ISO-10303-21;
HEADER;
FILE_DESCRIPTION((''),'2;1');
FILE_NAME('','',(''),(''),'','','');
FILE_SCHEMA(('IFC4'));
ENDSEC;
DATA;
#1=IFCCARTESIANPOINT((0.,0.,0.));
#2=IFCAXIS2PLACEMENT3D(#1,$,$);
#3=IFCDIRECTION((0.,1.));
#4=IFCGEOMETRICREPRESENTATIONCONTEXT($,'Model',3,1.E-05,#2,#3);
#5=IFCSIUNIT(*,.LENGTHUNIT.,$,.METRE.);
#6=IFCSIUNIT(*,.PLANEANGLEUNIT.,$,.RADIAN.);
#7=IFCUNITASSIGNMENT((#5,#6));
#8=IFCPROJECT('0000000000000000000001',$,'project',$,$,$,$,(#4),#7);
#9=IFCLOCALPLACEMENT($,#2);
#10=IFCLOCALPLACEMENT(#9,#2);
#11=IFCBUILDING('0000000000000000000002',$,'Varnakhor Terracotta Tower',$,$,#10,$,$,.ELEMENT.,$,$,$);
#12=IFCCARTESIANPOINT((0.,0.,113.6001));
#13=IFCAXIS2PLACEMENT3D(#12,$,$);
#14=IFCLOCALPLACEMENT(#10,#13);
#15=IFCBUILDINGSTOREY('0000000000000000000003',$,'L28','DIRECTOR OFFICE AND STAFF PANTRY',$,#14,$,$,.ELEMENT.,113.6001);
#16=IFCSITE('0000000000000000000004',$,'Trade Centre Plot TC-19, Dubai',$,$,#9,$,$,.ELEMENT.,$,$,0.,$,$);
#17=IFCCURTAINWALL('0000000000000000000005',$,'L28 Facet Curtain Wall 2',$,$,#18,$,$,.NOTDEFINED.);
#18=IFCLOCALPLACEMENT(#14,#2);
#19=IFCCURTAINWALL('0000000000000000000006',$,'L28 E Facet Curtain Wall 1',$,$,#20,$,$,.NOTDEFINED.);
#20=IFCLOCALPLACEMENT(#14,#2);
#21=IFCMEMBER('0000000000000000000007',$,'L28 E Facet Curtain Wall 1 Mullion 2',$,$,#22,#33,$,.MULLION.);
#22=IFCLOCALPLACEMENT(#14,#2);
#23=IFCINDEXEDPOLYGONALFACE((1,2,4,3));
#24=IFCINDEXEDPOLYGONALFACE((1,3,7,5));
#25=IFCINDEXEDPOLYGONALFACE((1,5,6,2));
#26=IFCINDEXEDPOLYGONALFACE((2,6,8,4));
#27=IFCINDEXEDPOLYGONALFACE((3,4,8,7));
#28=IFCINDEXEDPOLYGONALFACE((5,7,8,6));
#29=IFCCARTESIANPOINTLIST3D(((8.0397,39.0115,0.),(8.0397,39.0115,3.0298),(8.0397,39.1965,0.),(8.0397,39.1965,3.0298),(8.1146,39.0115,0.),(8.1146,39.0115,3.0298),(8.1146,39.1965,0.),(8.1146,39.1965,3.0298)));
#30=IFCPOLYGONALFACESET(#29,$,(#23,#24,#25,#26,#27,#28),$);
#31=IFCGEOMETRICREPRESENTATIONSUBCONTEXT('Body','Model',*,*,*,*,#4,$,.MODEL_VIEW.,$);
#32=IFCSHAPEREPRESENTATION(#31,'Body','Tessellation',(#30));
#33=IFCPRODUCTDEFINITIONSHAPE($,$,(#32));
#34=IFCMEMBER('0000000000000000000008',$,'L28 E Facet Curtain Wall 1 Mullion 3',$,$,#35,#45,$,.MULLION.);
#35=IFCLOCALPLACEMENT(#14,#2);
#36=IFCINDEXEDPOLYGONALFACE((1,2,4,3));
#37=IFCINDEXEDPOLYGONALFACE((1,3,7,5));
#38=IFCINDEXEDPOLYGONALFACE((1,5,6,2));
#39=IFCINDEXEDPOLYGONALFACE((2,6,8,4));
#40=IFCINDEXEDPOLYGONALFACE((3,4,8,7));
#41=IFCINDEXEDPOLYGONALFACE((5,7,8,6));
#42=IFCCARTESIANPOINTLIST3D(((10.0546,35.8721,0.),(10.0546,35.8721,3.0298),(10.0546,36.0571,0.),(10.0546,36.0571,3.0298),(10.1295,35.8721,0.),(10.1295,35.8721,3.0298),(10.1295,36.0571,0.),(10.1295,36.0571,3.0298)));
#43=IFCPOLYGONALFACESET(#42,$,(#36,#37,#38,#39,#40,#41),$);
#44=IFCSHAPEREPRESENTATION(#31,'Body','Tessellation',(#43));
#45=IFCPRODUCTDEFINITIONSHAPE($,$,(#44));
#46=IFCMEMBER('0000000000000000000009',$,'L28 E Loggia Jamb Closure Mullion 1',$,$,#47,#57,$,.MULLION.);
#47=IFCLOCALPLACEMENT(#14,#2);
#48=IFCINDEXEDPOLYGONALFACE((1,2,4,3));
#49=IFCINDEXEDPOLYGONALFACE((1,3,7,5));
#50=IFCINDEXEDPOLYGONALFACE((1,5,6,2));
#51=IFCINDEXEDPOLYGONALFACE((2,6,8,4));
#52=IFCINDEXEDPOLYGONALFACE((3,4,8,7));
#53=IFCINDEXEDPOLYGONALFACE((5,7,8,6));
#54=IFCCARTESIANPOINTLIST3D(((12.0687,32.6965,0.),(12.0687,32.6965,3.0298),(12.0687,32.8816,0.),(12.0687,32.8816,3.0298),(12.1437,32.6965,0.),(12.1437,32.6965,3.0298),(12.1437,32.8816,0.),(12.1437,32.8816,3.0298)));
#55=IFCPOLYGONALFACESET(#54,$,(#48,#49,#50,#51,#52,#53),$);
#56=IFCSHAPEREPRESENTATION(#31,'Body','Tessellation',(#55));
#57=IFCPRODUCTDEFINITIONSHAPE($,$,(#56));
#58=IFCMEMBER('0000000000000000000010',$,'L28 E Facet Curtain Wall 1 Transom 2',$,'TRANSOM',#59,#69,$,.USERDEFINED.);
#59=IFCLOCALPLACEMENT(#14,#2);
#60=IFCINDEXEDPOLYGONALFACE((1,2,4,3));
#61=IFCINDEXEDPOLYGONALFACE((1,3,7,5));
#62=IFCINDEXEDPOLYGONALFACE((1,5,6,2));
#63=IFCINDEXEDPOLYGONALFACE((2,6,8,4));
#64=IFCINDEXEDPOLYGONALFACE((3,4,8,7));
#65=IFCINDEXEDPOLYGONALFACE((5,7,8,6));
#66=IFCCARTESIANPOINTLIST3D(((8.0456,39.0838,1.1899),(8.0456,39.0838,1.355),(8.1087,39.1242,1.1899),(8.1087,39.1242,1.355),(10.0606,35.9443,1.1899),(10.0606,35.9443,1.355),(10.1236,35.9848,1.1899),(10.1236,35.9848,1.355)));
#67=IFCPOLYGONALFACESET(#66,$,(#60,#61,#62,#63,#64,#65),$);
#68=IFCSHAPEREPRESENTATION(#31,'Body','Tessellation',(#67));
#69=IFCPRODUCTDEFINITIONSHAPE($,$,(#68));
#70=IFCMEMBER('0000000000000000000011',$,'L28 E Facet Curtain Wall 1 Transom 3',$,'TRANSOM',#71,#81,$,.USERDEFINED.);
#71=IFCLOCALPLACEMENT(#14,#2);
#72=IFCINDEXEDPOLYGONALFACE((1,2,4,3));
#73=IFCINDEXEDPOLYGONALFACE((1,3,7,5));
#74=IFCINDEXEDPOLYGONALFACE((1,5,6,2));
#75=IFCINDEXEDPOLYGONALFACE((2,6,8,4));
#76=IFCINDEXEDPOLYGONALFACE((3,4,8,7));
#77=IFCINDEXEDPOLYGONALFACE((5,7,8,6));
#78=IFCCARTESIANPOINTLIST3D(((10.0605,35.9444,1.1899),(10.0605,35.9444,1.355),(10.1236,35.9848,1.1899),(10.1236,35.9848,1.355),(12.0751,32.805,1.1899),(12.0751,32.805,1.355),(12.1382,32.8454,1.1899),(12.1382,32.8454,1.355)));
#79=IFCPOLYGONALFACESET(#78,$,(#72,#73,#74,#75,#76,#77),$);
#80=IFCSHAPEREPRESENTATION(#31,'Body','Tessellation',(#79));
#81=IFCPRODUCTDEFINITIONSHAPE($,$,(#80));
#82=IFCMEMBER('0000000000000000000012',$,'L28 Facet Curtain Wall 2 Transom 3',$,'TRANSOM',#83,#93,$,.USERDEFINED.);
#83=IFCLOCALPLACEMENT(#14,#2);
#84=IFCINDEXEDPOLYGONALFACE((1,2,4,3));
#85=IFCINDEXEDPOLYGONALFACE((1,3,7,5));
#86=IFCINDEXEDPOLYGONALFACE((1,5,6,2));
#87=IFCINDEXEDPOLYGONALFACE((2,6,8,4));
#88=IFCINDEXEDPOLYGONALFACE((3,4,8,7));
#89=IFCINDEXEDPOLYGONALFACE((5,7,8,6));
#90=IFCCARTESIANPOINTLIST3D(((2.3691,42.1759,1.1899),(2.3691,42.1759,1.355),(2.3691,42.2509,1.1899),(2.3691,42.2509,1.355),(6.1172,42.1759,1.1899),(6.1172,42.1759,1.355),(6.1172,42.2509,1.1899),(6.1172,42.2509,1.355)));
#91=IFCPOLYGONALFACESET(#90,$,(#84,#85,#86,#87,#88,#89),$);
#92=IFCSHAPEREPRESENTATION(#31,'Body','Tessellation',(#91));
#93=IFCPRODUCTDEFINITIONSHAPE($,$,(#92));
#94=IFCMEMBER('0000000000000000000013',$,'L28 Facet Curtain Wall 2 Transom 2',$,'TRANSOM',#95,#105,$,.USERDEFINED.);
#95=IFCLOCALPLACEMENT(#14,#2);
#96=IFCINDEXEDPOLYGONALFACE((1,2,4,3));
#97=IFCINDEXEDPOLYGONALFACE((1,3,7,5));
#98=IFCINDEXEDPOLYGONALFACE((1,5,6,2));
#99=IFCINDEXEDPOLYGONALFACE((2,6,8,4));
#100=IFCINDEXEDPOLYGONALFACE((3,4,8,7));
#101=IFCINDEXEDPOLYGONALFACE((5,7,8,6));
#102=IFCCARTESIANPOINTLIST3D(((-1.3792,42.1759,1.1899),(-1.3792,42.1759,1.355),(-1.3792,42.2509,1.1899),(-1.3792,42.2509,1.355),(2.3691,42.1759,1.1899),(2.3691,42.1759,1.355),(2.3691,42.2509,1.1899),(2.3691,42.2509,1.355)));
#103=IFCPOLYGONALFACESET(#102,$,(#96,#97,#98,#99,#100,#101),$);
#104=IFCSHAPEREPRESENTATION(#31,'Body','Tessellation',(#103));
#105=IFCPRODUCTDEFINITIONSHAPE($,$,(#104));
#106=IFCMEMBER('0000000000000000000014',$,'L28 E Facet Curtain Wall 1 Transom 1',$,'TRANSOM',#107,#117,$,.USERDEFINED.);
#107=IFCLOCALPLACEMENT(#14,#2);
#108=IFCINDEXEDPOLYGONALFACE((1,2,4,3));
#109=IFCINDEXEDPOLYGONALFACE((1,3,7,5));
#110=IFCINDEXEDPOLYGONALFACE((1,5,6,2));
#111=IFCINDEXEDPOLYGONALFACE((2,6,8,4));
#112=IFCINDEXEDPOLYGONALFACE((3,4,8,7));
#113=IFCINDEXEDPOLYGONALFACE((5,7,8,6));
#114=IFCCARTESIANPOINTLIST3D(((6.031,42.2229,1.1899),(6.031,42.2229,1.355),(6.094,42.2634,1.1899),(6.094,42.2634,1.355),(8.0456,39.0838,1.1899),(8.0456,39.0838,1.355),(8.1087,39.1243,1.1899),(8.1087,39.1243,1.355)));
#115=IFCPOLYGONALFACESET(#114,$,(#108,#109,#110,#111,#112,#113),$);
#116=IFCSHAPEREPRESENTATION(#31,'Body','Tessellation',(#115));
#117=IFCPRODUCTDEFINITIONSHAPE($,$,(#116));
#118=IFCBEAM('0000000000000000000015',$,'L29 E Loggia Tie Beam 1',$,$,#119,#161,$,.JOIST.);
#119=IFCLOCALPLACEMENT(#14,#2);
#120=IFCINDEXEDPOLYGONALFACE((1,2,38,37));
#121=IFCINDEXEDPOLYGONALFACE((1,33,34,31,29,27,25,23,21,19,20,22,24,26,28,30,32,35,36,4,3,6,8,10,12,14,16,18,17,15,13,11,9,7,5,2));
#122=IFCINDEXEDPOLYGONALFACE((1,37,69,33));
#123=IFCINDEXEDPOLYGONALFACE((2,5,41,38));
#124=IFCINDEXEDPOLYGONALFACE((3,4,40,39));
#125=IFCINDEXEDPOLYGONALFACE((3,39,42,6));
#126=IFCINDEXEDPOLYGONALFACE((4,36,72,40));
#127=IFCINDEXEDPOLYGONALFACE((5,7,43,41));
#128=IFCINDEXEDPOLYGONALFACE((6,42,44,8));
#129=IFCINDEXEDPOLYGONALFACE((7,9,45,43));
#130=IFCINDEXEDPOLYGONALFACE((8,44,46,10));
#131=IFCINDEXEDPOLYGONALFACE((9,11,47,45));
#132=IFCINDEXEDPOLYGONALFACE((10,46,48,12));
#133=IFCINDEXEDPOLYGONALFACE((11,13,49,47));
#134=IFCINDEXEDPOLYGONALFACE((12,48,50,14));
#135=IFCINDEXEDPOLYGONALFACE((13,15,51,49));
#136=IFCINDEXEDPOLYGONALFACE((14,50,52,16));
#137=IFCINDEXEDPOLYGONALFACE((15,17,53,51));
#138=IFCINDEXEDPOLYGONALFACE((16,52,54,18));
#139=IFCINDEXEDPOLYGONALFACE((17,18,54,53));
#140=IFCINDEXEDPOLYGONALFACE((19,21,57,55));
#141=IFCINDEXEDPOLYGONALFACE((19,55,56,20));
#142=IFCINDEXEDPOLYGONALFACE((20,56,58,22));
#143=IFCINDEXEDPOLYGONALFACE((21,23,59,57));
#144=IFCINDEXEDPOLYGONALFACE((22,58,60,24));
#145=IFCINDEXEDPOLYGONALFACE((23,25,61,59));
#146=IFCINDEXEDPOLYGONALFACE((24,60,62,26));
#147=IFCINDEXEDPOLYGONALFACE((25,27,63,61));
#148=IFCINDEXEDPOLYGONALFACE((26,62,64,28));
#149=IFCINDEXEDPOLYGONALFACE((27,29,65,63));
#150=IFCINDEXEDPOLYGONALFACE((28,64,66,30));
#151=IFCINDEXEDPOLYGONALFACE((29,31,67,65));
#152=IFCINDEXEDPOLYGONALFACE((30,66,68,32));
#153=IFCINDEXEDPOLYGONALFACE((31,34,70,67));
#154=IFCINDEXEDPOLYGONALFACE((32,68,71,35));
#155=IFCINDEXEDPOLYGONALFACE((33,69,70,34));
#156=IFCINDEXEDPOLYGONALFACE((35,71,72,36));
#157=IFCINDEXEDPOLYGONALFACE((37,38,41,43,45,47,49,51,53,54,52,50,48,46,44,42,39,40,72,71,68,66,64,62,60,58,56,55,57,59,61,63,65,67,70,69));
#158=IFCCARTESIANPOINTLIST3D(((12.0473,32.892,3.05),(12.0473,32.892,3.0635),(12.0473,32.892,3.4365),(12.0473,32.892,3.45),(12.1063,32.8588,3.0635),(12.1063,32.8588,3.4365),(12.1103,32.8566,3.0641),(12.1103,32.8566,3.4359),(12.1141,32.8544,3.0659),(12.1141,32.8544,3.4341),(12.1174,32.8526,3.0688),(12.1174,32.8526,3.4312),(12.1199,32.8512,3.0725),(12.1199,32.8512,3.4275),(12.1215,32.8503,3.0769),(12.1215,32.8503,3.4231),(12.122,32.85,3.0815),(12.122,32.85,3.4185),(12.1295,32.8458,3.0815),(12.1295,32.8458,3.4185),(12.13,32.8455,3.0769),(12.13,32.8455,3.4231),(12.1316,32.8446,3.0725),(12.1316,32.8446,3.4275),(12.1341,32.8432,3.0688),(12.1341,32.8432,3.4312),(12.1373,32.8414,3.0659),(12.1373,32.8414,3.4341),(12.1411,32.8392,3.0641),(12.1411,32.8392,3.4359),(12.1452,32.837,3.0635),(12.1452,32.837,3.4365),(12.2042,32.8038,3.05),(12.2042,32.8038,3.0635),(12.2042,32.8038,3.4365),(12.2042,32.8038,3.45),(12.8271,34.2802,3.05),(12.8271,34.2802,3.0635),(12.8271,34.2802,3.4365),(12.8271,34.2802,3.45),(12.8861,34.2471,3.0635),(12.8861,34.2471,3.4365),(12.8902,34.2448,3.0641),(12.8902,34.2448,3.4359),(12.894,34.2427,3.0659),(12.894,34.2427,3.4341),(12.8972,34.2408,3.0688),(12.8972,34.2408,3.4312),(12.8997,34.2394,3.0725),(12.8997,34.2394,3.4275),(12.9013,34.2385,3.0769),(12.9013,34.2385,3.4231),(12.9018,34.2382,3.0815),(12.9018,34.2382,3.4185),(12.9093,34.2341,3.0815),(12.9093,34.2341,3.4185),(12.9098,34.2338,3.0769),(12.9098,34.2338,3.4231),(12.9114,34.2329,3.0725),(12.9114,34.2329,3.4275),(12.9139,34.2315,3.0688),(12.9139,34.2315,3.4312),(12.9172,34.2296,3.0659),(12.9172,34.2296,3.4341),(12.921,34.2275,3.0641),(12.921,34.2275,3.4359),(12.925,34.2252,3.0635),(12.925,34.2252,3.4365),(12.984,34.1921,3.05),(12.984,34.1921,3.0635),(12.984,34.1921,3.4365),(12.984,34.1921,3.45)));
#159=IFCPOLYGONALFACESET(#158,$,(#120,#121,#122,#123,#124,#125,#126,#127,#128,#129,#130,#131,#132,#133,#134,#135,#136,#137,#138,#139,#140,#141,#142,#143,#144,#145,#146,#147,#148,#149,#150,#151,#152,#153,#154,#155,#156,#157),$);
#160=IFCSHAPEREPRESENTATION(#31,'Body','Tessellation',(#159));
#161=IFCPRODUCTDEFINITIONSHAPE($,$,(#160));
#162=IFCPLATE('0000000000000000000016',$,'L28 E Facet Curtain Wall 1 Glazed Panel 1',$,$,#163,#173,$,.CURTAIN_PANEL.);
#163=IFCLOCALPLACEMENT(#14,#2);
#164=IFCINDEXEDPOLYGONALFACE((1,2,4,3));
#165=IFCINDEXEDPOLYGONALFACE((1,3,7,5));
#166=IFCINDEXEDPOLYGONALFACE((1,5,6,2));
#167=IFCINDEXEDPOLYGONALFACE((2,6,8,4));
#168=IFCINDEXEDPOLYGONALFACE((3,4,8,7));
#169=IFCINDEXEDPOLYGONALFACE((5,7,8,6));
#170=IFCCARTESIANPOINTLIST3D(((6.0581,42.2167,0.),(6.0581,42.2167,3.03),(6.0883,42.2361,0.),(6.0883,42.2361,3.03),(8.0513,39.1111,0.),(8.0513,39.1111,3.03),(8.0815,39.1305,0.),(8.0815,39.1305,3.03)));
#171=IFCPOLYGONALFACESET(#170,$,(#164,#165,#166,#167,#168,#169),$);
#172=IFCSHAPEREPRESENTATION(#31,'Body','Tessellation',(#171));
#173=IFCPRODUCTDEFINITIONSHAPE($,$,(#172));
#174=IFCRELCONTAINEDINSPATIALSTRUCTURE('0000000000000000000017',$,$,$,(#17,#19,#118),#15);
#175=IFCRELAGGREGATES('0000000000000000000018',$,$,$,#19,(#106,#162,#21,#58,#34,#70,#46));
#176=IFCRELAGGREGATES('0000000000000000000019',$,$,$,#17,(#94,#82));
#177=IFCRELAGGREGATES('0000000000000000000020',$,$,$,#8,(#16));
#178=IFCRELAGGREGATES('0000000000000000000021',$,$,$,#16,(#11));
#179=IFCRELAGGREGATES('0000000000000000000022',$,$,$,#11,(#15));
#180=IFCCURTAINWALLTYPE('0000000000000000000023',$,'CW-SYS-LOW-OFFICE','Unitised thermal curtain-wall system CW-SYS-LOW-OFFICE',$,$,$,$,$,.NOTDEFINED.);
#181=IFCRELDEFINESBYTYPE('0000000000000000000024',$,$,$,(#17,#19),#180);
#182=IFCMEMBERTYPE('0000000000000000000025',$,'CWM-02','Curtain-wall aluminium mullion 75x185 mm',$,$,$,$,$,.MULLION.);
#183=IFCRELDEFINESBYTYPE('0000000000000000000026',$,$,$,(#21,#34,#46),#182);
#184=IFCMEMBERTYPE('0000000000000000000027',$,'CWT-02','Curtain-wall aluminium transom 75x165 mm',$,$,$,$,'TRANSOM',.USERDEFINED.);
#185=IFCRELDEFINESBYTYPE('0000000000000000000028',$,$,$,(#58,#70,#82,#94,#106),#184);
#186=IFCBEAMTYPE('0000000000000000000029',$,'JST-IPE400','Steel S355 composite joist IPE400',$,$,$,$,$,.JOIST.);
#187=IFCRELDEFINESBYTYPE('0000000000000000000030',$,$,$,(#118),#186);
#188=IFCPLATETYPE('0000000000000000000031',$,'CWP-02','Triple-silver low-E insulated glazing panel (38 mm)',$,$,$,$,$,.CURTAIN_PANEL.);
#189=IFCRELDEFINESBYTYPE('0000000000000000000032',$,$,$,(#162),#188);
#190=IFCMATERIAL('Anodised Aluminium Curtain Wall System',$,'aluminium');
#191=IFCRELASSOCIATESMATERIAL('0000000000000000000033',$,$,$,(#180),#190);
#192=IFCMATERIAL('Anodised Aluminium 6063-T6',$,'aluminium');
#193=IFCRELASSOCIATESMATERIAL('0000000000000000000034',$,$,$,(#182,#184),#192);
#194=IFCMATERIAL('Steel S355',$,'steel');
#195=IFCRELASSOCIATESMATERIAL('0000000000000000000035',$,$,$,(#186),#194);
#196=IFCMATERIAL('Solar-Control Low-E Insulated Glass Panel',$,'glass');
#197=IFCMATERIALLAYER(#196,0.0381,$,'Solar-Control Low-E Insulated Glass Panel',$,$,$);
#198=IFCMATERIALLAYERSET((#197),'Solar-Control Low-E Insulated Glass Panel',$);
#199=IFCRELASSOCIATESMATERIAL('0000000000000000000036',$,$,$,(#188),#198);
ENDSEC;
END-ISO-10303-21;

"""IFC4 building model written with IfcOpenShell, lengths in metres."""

from ifc_helpers import new_model, si_unit, direction, frame, origin, origin_2d, place, context, subcontext, project, spatial, rectangle, i_section, extrude, source, transform, mapped, material, layer, layer_set, material_profile, profile_set, type_object, element, aggregate, save


model = new_model("IFC4")

# Units and contexts
model_context = context("Model", 3, precision=1e-05, world=origin(), true_north=direction((0.0, 1.0)))
body_context = subcontext(model_context, "Body", "Model", "MODEL_VIEW")
ifc_project = project(units=[si_unit("LENGTHUNIT", "METRE"), si_unit("PLANEANGLEUNIT", "RADIAN")], contexts=[model_context])

# Site, building, storey
site_placement = place(None, origin())
site = spatial("IfcSite", under=ifc_project, at=site_placement, Name="Trade Centre Plot TC-19, Dubai", CompositionType="ELEMENT", RefElevation=0.0)
building_placement = place(site_placement, origin())
building = spatial("IfcBuilding", under=site, at=building_placement, Name="Varnakhor Terracotta Tower", CompositionType="ELEMENT")
storey_placement = place(building_placement, frame((0.0, 0.0, 113.6001)))
storey = spatial("IfcBuildingStorey", under=building, at=storey_placement, Name="L28", Description="DIRECTOR OFFICE AND STAFF PANTRY", CompositionType="ELEMENT", Elevation=113.6001)

# Shared definitions
ifc_material_1 = material(Name="Steel S355", Category="steel")

# Curtain walls, members
ifc_material_2 = material(Name="Anodised Aluminium Curtain Wall System", Category="aluminium")
curtain_wall_type = type_object("IfcCurtainWallType", Name="CW-SYS-LOW-OFFICE", Description="Unitised thermal curtain-wall system CW-SYS-LOW-OFFICE", PredefinedType="NOTDEFINED", material=ifc_material_2)
curtain_wall_1_placement = place(storey_placement, origin())
curtain_wall_1 = element("IfcCurtainWall", 1, at=curtain_wall_1_placement, inside=storey, type_object=curtain_wall_type, Name="L28 Facet Curtain Wall 2", PredefinedType="NOTDEFINED")
ifc_material_3 = material(Name="Anodised Aluminium 6063-T6", Category="aluminium")
ifc_material_profile_1 = material_profile(ifc_material_3, rectangle(XDim=0.075, YDim=0.1851, at=origin_2d()), Name="ALU MULLION 75x185")
ifc_profile_set_1 = profile_set([ifc_material_profile_1], Name="Anodised Aluminium 6063-T6")
member_type_1 = type_object("IfcMemberType", Name="CWM-02", Description="Curtain-wall aluminium mullion 75x185 mm", PredefinedType="MULLION", material=ifc_profile_set_1)
shared_shape_1 = source(origin(), body_context, "Body", "SweptSolid", [
    extrude(rectangle(XDim=0.075, YDim=0.1851, at=origin_2d()), origin(), (0.0, 0.0, 1.0), 3.0298),
])
curtain_wall_2_placement = place(storey_placement, origin())
curtain_wall_2 = element("IfcCurtainWall", 2, at=curtain_wall_2_placement, inside=storey, type_object=curtain_wall_type, Name="L28 E Facet Curtain Wall 1", PredefinedType="NOTDEFINED")
member_1_placement = place(storey_placement, frame((8.0771, 39.104, 0.0), z_axis=(0.0, 0.0, 1.0), x_axis=(1.0, 0.0, 0.0)))
member_1 = element("IfcMember", 3, at=member_1_placement, type_object=member_type_1, Name="L28 E Facet Curtain Wall 1 Mullion 2", PredefinedType="MULLION", context=body_context, shape_type="MappedRepresentation", body=[
    mapped(shared_shape_1, transform((0.0, 0.0, 0.0), scale=1.0)),
])
member_2_placement = place(storey_placement, frame((10.092, 35.9646, 0.0), z_axis=(0.0, 0.0, 1.0), x_axis=(1.0, 0.0, 0.0)))
member_2 = element("IfcMember", 4, at=member_2_placement, type_object=member_type_1, Name="L28 E Facet Curtain Wall 1 Mullion 3", PredefinedType="MULLION", context=body_context, shape_type="MappedRepresentation", body=[
    mapped(shared_shape_1, transform((0.0, 0.0, 0.0), scale=1.0)),
])
member_3_placement = place(storey_placement, frame((12.1062, 32.7891, 0.0), z_axis=(0.0, 0.0, 1.0), x_axis=(1.0, 0.0, 0.0)))
member_3 = element("IfcMember", 5, at=member_3_placement, type_object=member_type_1, Name="L28 E Loggia Jamb Closure Mullion 1", PredefinedType="MULLION", context=body_context, shape_type="MappedRepresentation", body=[
    mapped(shared_shape_1, transform((0.0, 0.0, 0.0), scale=1.0)),
])
ifc_material_profile_2 = material_profile(ifc_material_3, rectangle(XDim=0.075, YDim=0.165, at=origin_2d()), Name="ALU TRANSOM 75x165")
ifc_profile_set_2 = profile_set([ifc_material_profile_2], Name="Anodised Aluminium 6063-T6")
member_type_2 = type_object("IfcMemberType", Name="CWT-02", Description="Curtain-wall aluminium transom 75x165 mm", ElementType="TRANSOM", PredefinedType="USERDEFINED", material=ifc_profile_set_2)
shared_shape_2 = source(origin(), body_context, "Body", "SweptSolid", [
    extrude(rectangle(XDim=0.075, YDim=0.165, at=origin_2d()), origin(), (0.0, 0.0, 1.0), 3.7305),
])
member_4_placement = place(storey_placement, frame((8.0771, 39.104, 1.2725), z_axis=(0.540132, -0.84158, 0.0), x_axis=(0.84158, 0.540132, 0.0)))
member_4 = element("IfcMember", 6, at=member_4_placement, type_object=member_type_2, Name="L28 E Facet Curtain Wall 1 Transom 2", ObjectType="TRANSOM", PredefinedType="USERDEFINED", context=body_context, shape_type="MappedRepresentation", body=[
    mapped(shared_shape_2, transform((0.0, 0.0, 0.0), scale=1.0)),
])
shared_shape_3 = source(origin(), body_context, "Body", "SweptSolid", [
    extrude(rectangle(XDim=0.075, YDim=0.165, at=origin_2d()), origin(), (0.0, 0.0, 1.0), 3.7302),
])
member_5_placement = place(storey_placement, frame((10.092, 35.9646, 1.2725), z_axis=(0.540086, -0.84161, 0.0), x_axis=(0.84161, 0.540086, 0.0)))
member_5 = element("IfcMember", 7, at=member_5_placement, type_object=member_type_2, Name="L28 E Facet Curtain Wall 1 Transom 3", ObjectType="TRANSOM", PredefinedType="USERDEFINED", context=body_context, shape_type="MappedRepresentation", body=[
    mapped(shared_shape_3, transform((0.0, 0.0, 0.0), scale=1.0)),
])

# Members
shared_shape_4 = source(origin(), body_context, "Body", "SweptSolid", [
    extrude(rectangle(XDim=0.075, YDim=0.165, at=origin_2d()), origin(), (0.0, 0.0, 1.0), 3.748),
])
member_6_placement = place(storey_placement, frame((2.3691, 42.2134, 1.2725), z_axis=(1.0, 0.0, 0.0), x_axis=(0.0, 1.0, 0.0)))
member_6 = element("IfcMember", 8, at=member_6_placement, type_object=member_type_2, Name="L28 Facet Curtain Wall 2 Transom 3", ObjectType="TRANSOM", PredefinedType="USERDEFINED", context=body_context, shape_type="MappedRepresentation", body=[
    mapped(shared_shape_4, transform((0.0, 0.0, 0.0), scale=1.0)),
])
shared_shape_5 = source(origin(), body_context, "Body", "SweptSolid", [
    extrude(rectangle(XDim=0.075, YDim=0.165, at=origin_2d()), origin(), (0.0, 0.0, 1.0), 3.7483),
])
member_7_placement = place(storey_placement, frame((-1.3792, 42.2134, 1.2725), z_axis=(1.0, 0.0, 0.0), x_axis=(0.0, 1.0, 0.0)))
member_7 = element("IfcMember", 9, at=member_7_placement, type_object=member_type_2, Name="L28 Facet Curtain Wall 2 Transom 2", ObjectType="TRANSOM", PredefinedType="USERDEFINED", context=body_context, shape_type="MappedRepresentation", body=[
    mapped(shared_shape_5, transform((0.0, 0.0, 0.0), scale=1.0)),
])
shared_shape_6 = source(origin(), body_context, "Body", "SweptSolid", [
    extrude(rectangle(XDim=0.075, YDim=0.165, at=origin_2d()), origin(), (0.0, 0.0, 1.0), 3.73),
])
member_8_placement = place(storey_placement, frame((6.0625, 42.2432, 1.2725), z_axis=(0.540116, -0.841591, 0.0), x_axis=(0.841591, 0.540116, 0.0)))
member_8 = element("IfcMember", 10, at=member_8_placement, type_object=member_type_2, Name="L28 E Facet Curtain Wall 1 Transom 1", ObjectType="TRANSOM", PredefinedType="USERDEFINED", context=body_context, shape_type="MappedRepresentation", body=[
    mapped(shared_shape_6, transform((0.0, 0.0, 0.0), scale=1.0)),
])

# Beam
ifc_material_profile_3 = material_profile(ifc_material_1, i_section(OverallWidth=0.1799, OverallDepth=0.3999, WebThickness=0.0085, FlangeThickness=0.0134, FilletRadius=0.0181, at=origin_2d()), Name="IPE400")
ifc_profile_set_3 = profile_set([ifc_material_profile_3], Name="Steel S355")
beam_type_1 = type_object("IfcBeamType", Name="JST-IPE400", Description="Steel S355 composite joist IPE400", PredefinedType="JOIST", material=ifc_profile_set_3)
shared_shape_7 = source(origin(), body_context, "Body", "SweptSolid", [
    extrude(i_section(OverallWidth=0.1799, OverallDepth=0.3999, WebThickness=0.0085, FlangeThickness=0.0134, FilletRadius=0.0181, at=origin_2d()), origin(), (0.0, 0.0, 1.0), 1.5923),
])
beam_1_placement = place(storey_placement, frame((12.1257, 32.8479, 3.25), z_axis=(0.489752, 0.871862, 0.0), x_axis=(-0.871862, 0.489752, 0.0)))
element("IfcBeam", 11, at=beam_1_placement, inside=storey, type_object=beam_type_1, Name="L29 E Loggia Tie Beam 1", PredefinedType="JOIST", context=body_context, shape_type="MappedRepresentation", body=[
    mapped(shared_shape_7, transform((0.0, 0.0, 0.0), scale=1.0)),
])

# Plate
ifc_material_4 = material(Name="Solar-Control Low-E Insulated Glass Panel", Category="glass")
ifc_layer_1 = layer(ifc_material_4, 0.0381, Name="Solar-Control Low-E Insulated Glass Panel")
ifc_layer_set_1 = layer_set([ifc_layer_1], Name="Solar-Control Low-E Insulated Glass Panel")
plate_type = type_object("IfcPlateType", Name="CWP-02", Description="Triple-silver low-E insulated glazing panel (38 mm)", PredefinedType="CURTAIN_PANEL", material=ifc_layer_set_1)
shared_shape_8 = source(origin(), body_context, "Body", "SweptSolid", [
    extrude(rectangle(XDim=3.6902, YDim=0.0359, at=origin_2d()), origin(), (0.0, 0.0, 1.0), 3.03),
])
plate_1_placement = place(storey_placement, frame((7.0698, 40.6736, 0.0), z_axis=(0.0, 0.0, 1.0), x_axis=(0.540123, -0.841586, 0.0)))
plate_1 = element("IfcPlate", 12, at=plate_1_placement, type_object=plate_type, Name="L28 E Facet Curtain Wall 1 Glazed Panel 1", PredefinedType="CURTAIN_PANEL", context=body_context, shape_type="MappedRepresentation", body=[
    mapped(shared_shape_8, transform((0.0, 0.0, 0.0), scale=1.0)),
])
aggregate(curtain_wall_2, [member_8, plate_1, member_1, member_4, member_2, member_5, member_3])
aggregate(curtain_wall_1, [member_7, member_6])

save(model, "model.ifc")
